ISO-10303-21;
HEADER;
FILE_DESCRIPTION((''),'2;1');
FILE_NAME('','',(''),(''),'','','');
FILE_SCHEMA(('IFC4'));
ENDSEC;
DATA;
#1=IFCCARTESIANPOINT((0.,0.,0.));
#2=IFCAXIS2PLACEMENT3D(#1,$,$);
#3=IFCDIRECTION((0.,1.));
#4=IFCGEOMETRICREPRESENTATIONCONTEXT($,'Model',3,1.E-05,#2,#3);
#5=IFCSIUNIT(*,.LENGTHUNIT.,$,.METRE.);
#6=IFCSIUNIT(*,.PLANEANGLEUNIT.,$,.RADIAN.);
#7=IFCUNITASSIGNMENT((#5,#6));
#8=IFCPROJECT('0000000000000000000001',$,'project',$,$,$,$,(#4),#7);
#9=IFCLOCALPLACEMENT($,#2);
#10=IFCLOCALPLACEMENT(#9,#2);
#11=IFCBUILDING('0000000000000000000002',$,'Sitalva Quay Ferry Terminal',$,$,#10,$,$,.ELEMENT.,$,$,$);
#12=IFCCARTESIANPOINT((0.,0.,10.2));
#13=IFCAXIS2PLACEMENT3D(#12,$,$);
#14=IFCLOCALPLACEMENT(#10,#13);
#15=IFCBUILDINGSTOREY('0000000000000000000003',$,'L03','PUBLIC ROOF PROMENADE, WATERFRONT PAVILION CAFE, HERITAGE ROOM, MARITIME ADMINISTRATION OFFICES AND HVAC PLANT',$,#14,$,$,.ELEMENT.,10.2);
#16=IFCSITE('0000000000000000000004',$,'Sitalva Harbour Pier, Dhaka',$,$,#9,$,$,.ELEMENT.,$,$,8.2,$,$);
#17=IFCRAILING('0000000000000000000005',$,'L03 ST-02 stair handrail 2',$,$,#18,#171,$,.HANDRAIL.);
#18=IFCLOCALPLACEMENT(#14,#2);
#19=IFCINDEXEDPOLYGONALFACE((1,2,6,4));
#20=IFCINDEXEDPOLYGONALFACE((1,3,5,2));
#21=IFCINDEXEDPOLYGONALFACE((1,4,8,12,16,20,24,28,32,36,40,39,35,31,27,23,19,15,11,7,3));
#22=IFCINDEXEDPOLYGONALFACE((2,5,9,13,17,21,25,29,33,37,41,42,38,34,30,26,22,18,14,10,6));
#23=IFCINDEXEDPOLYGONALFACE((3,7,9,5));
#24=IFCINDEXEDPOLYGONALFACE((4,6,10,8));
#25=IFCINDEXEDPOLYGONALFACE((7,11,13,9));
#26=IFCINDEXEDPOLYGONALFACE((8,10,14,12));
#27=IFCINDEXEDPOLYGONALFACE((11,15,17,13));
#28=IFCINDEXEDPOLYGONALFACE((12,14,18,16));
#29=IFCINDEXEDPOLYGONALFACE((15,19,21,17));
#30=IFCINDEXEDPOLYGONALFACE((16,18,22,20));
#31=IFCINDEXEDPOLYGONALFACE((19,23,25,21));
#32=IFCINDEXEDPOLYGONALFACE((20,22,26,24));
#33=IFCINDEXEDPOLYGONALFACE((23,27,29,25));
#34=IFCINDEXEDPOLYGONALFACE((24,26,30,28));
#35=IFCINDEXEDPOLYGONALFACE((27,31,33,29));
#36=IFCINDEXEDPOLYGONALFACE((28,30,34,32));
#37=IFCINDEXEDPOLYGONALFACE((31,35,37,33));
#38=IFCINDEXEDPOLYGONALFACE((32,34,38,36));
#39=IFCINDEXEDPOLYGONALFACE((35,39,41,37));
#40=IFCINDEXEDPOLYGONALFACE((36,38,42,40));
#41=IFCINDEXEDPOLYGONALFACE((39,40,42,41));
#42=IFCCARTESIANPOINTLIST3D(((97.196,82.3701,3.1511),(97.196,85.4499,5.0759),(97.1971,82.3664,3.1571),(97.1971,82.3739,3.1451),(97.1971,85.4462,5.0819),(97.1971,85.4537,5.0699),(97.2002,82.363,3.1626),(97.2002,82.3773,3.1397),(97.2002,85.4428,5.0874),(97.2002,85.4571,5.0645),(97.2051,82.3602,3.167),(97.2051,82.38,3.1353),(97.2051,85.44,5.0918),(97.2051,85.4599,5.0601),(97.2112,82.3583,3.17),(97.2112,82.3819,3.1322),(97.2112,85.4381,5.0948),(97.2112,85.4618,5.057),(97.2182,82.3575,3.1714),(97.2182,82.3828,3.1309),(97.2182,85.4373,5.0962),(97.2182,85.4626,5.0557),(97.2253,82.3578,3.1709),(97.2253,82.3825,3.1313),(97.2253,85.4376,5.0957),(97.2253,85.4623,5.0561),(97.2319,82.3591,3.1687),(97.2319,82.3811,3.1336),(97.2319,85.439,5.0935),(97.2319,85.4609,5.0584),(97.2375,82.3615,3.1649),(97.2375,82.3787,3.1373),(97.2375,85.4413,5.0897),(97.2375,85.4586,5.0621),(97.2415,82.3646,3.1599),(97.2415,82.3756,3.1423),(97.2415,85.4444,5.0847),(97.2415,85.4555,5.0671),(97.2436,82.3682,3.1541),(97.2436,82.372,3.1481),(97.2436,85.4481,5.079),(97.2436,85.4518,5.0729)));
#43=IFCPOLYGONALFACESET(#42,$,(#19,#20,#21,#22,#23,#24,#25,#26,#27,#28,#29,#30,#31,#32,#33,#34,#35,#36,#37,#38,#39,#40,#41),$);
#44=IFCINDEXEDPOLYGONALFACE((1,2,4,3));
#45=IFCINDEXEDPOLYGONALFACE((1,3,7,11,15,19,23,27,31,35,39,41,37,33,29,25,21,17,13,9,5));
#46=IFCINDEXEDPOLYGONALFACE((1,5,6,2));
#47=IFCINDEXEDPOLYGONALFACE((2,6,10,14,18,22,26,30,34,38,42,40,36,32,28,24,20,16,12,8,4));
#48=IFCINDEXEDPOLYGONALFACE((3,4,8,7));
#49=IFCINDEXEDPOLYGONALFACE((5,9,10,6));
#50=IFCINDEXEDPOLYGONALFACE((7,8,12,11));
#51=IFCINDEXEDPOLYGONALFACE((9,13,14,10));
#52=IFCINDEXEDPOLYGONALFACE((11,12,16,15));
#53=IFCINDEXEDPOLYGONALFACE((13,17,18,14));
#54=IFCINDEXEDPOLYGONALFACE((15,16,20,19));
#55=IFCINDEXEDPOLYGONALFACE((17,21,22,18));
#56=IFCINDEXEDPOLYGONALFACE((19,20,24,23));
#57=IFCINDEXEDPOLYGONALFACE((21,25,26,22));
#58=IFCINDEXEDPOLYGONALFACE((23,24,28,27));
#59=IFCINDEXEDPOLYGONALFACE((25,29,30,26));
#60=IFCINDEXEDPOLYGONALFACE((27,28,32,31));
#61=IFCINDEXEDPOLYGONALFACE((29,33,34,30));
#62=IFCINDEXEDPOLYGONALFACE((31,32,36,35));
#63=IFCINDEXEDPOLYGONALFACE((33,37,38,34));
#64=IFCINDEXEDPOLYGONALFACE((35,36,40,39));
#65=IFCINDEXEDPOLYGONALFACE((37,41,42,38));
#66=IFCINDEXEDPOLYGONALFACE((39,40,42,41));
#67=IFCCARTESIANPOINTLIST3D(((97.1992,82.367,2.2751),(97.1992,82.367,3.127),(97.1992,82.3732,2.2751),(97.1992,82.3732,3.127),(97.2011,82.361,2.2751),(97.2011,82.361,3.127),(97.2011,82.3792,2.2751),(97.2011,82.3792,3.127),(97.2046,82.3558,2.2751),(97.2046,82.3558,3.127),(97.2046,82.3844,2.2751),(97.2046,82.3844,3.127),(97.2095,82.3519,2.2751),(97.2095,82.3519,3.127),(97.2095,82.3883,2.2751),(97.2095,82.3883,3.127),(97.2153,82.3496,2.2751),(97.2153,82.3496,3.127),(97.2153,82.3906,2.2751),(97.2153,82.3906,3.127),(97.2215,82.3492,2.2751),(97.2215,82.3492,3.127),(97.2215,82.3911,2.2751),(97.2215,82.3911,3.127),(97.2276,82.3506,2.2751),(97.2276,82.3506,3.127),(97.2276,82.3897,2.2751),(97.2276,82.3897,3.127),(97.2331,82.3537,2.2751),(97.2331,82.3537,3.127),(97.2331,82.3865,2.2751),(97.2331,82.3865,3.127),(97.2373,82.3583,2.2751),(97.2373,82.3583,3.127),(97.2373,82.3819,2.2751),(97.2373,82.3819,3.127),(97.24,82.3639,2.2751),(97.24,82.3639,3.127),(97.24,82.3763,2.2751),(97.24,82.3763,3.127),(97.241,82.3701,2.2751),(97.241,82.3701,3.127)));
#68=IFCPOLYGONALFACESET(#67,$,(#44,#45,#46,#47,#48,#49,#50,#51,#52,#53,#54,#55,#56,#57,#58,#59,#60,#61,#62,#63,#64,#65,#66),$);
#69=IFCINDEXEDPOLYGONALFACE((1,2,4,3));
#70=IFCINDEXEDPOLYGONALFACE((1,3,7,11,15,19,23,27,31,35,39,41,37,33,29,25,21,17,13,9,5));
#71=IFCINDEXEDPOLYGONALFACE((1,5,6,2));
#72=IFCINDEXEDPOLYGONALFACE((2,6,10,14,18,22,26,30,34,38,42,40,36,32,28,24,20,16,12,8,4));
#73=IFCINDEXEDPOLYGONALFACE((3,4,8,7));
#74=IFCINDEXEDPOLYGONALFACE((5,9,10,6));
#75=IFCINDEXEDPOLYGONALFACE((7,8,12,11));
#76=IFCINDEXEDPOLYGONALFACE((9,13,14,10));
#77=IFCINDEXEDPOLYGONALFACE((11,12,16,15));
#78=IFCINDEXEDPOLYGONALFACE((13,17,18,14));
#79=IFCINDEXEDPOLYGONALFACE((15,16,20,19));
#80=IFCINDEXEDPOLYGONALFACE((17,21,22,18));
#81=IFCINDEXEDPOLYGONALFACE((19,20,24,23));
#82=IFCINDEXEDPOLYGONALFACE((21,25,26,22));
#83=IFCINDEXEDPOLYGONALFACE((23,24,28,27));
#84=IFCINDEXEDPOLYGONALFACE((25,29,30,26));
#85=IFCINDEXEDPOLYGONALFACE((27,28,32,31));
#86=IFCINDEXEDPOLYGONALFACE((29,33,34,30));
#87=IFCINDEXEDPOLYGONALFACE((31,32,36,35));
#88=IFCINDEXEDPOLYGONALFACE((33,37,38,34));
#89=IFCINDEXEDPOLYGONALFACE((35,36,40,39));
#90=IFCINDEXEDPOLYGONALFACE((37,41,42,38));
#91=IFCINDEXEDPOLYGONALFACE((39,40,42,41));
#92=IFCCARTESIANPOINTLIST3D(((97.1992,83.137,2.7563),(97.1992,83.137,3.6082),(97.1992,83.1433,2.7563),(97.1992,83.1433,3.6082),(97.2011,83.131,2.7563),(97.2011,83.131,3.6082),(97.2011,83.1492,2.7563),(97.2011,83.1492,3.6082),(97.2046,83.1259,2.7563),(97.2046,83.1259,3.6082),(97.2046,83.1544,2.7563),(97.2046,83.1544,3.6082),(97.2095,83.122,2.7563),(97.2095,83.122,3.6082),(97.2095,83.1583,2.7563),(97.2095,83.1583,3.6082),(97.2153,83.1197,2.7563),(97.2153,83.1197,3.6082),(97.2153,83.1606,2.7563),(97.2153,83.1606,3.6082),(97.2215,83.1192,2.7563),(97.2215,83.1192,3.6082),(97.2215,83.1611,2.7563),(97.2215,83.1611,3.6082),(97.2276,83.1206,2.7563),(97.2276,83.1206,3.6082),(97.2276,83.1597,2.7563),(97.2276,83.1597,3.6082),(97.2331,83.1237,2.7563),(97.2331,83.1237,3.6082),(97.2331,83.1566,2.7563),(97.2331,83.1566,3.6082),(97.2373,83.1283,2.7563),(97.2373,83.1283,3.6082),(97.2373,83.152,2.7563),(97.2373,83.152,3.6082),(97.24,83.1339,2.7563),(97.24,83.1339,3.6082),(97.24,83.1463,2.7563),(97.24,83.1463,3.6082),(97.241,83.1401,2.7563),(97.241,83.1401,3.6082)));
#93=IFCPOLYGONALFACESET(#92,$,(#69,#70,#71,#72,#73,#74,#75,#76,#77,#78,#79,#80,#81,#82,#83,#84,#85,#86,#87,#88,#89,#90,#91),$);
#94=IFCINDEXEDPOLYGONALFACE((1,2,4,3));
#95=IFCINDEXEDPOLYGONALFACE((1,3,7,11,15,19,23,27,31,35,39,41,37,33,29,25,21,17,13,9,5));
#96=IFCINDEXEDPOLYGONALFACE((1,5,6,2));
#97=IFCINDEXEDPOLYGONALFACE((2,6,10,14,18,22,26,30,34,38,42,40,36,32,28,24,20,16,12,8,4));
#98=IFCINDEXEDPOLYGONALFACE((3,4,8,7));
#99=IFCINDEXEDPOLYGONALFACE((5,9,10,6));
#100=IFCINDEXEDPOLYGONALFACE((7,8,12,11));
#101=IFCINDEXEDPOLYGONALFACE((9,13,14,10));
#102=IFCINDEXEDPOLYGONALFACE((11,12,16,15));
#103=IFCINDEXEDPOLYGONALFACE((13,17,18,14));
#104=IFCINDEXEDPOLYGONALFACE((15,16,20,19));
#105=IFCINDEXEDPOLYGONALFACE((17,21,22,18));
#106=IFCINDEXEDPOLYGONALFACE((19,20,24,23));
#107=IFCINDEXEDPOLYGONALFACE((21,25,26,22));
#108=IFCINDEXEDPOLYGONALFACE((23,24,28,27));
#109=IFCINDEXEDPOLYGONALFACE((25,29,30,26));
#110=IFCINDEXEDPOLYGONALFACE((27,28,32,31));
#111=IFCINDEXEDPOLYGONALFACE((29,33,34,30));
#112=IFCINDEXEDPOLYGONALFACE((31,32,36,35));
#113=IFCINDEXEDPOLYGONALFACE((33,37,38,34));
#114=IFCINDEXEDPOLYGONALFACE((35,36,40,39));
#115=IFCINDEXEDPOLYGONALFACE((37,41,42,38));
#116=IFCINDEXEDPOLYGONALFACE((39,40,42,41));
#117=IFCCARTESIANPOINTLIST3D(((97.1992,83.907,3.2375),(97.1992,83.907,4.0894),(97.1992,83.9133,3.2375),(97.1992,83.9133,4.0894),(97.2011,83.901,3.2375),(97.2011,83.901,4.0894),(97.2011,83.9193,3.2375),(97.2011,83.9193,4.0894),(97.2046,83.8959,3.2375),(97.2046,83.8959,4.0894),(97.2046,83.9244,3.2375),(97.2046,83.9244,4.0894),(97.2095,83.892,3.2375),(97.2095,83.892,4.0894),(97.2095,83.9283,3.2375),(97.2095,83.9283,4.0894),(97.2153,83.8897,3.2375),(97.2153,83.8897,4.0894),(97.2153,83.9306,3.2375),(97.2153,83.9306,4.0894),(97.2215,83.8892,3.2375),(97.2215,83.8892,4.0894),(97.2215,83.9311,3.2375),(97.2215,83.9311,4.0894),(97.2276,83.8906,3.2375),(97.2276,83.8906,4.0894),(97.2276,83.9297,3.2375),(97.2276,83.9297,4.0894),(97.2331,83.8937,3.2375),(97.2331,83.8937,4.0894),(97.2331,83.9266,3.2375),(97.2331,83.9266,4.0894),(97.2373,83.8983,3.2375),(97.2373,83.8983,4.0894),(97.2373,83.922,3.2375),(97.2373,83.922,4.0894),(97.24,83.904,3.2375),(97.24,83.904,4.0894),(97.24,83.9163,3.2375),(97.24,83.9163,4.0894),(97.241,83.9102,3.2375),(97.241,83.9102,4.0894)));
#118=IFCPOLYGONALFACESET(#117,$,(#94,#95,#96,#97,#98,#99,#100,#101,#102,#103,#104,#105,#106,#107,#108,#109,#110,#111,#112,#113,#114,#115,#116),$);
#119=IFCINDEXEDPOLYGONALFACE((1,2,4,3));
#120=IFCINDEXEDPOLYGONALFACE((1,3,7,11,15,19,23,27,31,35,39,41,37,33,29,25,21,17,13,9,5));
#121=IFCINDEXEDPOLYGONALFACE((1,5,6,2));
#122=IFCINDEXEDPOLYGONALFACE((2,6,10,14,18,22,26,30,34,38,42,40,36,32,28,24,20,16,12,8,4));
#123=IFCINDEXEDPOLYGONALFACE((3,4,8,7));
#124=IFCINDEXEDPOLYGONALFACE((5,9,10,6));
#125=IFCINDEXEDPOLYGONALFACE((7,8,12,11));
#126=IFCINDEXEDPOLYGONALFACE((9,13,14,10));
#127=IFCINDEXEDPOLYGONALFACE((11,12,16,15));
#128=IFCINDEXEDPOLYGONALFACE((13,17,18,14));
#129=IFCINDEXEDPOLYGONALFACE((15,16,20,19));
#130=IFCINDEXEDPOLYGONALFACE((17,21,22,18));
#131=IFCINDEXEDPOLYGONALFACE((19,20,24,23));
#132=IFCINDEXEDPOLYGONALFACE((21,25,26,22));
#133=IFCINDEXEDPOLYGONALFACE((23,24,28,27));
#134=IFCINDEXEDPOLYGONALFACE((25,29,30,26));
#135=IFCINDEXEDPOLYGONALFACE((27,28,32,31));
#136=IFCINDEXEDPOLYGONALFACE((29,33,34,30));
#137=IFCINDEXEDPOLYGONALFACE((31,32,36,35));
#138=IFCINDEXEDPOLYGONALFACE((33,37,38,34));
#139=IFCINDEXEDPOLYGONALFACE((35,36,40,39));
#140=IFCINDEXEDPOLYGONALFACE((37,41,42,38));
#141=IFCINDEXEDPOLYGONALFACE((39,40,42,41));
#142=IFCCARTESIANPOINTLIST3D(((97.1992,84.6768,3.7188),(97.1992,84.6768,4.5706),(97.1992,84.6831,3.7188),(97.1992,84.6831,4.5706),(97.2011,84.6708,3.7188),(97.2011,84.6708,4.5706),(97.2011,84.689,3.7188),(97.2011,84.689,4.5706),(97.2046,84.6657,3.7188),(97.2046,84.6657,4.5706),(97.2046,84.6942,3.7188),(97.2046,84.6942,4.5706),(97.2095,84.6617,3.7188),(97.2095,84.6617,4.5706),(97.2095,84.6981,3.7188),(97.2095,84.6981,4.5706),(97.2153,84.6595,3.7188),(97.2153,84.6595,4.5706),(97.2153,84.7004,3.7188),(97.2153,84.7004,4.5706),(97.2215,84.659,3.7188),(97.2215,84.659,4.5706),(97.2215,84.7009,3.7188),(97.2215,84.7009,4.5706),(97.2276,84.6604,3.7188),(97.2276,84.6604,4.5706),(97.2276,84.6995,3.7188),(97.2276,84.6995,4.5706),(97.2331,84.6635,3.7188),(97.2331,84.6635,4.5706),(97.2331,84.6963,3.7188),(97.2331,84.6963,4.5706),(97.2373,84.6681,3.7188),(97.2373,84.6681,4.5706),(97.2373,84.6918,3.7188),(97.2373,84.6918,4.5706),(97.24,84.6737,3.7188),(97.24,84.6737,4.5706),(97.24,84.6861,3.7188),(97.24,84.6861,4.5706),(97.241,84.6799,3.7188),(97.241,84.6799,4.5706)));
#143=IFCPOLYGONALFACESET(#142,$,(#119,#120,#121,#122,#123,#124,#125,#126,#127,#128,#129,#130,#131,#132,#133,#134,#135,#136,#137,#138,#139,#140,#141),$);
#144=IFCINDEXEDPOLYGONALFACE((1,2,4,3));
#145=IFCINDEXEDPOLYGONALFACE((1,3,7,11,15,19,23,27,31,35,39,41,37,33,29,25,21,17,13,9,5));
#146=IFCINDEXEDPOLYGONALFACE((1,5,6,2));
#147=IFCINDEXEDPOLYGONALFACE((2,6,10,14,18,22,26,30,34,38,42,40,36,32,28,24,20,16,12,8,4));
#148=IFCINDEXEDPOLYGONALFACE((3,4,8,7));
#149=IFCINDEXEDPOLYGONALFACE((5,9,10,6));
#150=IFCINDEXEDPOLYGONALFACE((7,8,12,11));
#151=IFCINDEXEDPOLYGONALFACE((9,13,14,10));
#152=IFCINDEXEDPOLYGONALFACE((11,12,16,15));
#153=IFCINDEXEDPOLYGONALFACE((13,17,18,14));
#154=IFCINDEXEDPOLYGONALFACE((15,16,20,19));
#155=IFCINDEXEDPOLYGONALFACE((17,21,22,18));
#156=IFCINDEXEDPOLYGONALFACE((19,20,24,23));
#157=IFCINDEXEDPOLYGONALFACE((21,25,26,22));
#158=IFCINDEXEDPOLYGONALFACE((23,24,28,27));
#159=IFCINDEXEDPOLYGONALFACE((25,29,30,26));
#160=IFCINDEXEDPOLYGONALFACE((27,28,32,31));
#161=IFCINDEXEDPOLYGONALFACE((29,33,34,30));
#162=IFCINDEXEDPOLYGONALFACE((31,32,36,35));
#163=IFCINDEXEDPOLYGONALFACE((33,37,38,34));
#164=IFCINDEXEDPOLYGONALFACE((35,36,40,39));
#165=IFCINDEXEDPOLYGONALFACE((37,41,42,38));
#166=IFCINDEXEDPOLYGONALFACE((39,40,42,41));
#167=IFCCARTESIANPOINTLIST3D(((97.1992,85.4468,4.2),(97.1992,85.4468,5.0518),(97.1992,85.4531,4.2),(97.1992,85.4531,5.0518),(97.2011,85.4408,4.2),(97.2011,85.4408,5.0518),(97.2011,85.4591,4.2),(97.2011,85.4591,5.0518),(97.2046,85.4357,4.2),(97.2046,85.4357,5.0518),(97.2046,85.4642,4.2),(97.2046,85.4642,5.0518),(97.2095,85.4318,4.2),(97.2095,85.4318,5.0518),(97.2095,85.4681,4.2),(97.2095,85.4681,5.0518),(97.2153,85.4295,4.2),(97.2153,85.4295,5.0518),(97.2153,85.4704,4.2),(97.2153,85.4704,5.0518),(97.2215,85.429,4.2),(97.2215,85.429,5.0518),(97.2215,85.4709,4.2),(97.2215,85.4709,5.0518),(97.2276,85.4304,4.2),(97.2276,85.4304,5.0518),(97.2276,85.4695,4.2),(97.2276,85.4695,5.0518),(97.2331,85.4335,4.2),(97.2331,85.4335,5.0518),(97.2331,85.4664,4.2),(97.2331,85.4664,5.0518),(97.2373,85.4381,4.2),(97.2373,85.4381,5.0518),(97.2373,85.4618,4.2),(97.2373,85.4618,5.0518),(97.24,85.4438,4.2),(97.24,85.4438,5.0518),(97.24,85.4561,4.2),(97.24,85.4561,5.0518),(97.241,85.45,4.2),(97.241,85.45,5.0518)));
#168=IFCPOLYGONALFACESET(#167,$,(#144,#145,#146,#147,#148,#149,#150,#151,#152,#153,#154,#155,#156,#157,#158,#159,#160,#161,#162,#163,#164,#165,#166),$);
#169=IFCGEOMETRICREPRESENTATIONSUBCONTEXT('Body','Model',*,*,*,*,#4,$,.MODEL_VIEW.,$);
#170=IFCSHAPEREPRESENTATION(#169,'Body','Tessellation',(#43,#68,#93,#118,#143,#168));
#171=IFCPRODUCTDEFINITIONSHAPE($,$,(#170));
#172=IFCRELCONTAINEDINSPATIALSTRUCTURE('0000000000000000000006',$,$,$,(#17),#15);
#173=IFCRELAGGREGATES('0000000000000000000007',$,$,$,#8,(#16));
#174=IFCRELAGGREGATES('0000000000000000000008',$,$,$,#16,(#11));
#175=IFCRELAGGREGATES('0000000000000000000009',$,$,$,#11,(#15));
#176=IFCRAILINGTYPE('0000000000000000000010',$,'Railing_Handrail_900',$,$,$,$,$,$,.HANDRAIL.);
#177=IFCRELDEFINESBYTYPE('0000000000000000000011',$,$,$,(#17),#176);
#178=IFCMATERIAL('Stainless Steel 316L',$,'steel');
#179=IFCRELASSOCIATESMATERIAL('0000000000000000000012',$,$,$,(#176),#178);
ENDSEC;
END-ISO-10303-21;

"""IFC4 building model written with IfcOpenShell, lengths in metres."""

from ifc_helpers import new_model, si_unit, direction, frame, origin, origin_2d, place, context, subcontext, project, spatial, circle, extrude, material, type_object, element, save


model = new_model("IFC4")

# Units and contexts
model_context = context("Model", 3, precision=1e-05, world=origin(), true_north=direction((0.0, 1.0)))
body_context = subcontext(model_context, "Body", "Model", "MODEL_VIEW")
ifc_project = project(units=[si_unit("LENGTHUNIT", "METRE"), si_unit("PLANEANGLEUNIT", "RADIAN")], contexts=[model_context])

# Site, building, storey
site_placement = place(None, origin())
site = spatial("IfcSite", under=ifc_project, at=site_placement, Name="Sitalva Harbour Pier, Dhaka", CompositionType="ELEMENT", RefElevation=8.2)
building_placement = place(site_placement, origin())
building = spatial("IfcBuilding", under=site, at=building_placement, Name="Sitalva Quay Ferry Terminal", CompositionType="ELEMENT")
storey_placement = place(building_placement, frame((0.0, 0.0, 10.2)))
storey = spatial("IfcBuildingStorey", under=building, at=storey_placement, Name="L03", Description="PUBLIC ROOF PROMENADE, WATERFRONT PAVILION CAFE, HERITAGE ROOM, MARITIME ADMINISTRATION OFFICES AND HVAC PLANT", CompositionType="ELEMENT", Elevation=10.2)

# Railing
ifc_material_1 = material(Name="Stainless Steel 316L", Category="steel")
railing_type_1 = type_object("IfcRailingType", Name="Railing_Handrail_900", PredefinedType="HANDRAIL", material=ifc_material_1)
railing_1_placement = place(storey_placement, frame((97.22, 82.3701, 2.2751)))
element("IfcRailing", 1, at=railing_1_placement, inside=storey, type_object=railing_type_1, Name="L03 ST-02 stair handrail 2", PredefinedType="HANDRAIL", context=body_context, shape_type="SweptSolid", body=[
    extrude(circle(Radius=0.0239, at=origin_2d()), frame((0.0, 0.0, 0.876), z_axis=(0.0, 0.84801, 0.529981), x_axis=(-1.0, 0.0, 0.0)), (0.0, 0.0, 1.0), 3.6318),
    extrude(circle(Radius=0.021, at=origin_2d()), origin(), (0.0, 0.0, 1.0), 0.8518),
    extrude(circle(Radius=0.021, at=origin_2d()), frame((0.0, 0.77, 0.4812)), (0.0, 0.0, 1.0), 0.8518),
    extrude(circle(Radius=0.021, at=origin_2d()), frame((0.0, 1.54, 0.9624)), (0.0, 0.0, 1.0), 0.8518),
    extrude(circle(Radius=0.021, at=origin_2d()), frame((0.0, 2.3098, 1.4436)), (0.0, 0.0, 1.0), 0.8518),
    extrude(circle(Radius=0.021, at=origin_2d()), frame((0.0, 3.0798, 1.9248)), (0.0, 0.0, 1.0), 0.8518),
])

save(model, "model.ifc")
